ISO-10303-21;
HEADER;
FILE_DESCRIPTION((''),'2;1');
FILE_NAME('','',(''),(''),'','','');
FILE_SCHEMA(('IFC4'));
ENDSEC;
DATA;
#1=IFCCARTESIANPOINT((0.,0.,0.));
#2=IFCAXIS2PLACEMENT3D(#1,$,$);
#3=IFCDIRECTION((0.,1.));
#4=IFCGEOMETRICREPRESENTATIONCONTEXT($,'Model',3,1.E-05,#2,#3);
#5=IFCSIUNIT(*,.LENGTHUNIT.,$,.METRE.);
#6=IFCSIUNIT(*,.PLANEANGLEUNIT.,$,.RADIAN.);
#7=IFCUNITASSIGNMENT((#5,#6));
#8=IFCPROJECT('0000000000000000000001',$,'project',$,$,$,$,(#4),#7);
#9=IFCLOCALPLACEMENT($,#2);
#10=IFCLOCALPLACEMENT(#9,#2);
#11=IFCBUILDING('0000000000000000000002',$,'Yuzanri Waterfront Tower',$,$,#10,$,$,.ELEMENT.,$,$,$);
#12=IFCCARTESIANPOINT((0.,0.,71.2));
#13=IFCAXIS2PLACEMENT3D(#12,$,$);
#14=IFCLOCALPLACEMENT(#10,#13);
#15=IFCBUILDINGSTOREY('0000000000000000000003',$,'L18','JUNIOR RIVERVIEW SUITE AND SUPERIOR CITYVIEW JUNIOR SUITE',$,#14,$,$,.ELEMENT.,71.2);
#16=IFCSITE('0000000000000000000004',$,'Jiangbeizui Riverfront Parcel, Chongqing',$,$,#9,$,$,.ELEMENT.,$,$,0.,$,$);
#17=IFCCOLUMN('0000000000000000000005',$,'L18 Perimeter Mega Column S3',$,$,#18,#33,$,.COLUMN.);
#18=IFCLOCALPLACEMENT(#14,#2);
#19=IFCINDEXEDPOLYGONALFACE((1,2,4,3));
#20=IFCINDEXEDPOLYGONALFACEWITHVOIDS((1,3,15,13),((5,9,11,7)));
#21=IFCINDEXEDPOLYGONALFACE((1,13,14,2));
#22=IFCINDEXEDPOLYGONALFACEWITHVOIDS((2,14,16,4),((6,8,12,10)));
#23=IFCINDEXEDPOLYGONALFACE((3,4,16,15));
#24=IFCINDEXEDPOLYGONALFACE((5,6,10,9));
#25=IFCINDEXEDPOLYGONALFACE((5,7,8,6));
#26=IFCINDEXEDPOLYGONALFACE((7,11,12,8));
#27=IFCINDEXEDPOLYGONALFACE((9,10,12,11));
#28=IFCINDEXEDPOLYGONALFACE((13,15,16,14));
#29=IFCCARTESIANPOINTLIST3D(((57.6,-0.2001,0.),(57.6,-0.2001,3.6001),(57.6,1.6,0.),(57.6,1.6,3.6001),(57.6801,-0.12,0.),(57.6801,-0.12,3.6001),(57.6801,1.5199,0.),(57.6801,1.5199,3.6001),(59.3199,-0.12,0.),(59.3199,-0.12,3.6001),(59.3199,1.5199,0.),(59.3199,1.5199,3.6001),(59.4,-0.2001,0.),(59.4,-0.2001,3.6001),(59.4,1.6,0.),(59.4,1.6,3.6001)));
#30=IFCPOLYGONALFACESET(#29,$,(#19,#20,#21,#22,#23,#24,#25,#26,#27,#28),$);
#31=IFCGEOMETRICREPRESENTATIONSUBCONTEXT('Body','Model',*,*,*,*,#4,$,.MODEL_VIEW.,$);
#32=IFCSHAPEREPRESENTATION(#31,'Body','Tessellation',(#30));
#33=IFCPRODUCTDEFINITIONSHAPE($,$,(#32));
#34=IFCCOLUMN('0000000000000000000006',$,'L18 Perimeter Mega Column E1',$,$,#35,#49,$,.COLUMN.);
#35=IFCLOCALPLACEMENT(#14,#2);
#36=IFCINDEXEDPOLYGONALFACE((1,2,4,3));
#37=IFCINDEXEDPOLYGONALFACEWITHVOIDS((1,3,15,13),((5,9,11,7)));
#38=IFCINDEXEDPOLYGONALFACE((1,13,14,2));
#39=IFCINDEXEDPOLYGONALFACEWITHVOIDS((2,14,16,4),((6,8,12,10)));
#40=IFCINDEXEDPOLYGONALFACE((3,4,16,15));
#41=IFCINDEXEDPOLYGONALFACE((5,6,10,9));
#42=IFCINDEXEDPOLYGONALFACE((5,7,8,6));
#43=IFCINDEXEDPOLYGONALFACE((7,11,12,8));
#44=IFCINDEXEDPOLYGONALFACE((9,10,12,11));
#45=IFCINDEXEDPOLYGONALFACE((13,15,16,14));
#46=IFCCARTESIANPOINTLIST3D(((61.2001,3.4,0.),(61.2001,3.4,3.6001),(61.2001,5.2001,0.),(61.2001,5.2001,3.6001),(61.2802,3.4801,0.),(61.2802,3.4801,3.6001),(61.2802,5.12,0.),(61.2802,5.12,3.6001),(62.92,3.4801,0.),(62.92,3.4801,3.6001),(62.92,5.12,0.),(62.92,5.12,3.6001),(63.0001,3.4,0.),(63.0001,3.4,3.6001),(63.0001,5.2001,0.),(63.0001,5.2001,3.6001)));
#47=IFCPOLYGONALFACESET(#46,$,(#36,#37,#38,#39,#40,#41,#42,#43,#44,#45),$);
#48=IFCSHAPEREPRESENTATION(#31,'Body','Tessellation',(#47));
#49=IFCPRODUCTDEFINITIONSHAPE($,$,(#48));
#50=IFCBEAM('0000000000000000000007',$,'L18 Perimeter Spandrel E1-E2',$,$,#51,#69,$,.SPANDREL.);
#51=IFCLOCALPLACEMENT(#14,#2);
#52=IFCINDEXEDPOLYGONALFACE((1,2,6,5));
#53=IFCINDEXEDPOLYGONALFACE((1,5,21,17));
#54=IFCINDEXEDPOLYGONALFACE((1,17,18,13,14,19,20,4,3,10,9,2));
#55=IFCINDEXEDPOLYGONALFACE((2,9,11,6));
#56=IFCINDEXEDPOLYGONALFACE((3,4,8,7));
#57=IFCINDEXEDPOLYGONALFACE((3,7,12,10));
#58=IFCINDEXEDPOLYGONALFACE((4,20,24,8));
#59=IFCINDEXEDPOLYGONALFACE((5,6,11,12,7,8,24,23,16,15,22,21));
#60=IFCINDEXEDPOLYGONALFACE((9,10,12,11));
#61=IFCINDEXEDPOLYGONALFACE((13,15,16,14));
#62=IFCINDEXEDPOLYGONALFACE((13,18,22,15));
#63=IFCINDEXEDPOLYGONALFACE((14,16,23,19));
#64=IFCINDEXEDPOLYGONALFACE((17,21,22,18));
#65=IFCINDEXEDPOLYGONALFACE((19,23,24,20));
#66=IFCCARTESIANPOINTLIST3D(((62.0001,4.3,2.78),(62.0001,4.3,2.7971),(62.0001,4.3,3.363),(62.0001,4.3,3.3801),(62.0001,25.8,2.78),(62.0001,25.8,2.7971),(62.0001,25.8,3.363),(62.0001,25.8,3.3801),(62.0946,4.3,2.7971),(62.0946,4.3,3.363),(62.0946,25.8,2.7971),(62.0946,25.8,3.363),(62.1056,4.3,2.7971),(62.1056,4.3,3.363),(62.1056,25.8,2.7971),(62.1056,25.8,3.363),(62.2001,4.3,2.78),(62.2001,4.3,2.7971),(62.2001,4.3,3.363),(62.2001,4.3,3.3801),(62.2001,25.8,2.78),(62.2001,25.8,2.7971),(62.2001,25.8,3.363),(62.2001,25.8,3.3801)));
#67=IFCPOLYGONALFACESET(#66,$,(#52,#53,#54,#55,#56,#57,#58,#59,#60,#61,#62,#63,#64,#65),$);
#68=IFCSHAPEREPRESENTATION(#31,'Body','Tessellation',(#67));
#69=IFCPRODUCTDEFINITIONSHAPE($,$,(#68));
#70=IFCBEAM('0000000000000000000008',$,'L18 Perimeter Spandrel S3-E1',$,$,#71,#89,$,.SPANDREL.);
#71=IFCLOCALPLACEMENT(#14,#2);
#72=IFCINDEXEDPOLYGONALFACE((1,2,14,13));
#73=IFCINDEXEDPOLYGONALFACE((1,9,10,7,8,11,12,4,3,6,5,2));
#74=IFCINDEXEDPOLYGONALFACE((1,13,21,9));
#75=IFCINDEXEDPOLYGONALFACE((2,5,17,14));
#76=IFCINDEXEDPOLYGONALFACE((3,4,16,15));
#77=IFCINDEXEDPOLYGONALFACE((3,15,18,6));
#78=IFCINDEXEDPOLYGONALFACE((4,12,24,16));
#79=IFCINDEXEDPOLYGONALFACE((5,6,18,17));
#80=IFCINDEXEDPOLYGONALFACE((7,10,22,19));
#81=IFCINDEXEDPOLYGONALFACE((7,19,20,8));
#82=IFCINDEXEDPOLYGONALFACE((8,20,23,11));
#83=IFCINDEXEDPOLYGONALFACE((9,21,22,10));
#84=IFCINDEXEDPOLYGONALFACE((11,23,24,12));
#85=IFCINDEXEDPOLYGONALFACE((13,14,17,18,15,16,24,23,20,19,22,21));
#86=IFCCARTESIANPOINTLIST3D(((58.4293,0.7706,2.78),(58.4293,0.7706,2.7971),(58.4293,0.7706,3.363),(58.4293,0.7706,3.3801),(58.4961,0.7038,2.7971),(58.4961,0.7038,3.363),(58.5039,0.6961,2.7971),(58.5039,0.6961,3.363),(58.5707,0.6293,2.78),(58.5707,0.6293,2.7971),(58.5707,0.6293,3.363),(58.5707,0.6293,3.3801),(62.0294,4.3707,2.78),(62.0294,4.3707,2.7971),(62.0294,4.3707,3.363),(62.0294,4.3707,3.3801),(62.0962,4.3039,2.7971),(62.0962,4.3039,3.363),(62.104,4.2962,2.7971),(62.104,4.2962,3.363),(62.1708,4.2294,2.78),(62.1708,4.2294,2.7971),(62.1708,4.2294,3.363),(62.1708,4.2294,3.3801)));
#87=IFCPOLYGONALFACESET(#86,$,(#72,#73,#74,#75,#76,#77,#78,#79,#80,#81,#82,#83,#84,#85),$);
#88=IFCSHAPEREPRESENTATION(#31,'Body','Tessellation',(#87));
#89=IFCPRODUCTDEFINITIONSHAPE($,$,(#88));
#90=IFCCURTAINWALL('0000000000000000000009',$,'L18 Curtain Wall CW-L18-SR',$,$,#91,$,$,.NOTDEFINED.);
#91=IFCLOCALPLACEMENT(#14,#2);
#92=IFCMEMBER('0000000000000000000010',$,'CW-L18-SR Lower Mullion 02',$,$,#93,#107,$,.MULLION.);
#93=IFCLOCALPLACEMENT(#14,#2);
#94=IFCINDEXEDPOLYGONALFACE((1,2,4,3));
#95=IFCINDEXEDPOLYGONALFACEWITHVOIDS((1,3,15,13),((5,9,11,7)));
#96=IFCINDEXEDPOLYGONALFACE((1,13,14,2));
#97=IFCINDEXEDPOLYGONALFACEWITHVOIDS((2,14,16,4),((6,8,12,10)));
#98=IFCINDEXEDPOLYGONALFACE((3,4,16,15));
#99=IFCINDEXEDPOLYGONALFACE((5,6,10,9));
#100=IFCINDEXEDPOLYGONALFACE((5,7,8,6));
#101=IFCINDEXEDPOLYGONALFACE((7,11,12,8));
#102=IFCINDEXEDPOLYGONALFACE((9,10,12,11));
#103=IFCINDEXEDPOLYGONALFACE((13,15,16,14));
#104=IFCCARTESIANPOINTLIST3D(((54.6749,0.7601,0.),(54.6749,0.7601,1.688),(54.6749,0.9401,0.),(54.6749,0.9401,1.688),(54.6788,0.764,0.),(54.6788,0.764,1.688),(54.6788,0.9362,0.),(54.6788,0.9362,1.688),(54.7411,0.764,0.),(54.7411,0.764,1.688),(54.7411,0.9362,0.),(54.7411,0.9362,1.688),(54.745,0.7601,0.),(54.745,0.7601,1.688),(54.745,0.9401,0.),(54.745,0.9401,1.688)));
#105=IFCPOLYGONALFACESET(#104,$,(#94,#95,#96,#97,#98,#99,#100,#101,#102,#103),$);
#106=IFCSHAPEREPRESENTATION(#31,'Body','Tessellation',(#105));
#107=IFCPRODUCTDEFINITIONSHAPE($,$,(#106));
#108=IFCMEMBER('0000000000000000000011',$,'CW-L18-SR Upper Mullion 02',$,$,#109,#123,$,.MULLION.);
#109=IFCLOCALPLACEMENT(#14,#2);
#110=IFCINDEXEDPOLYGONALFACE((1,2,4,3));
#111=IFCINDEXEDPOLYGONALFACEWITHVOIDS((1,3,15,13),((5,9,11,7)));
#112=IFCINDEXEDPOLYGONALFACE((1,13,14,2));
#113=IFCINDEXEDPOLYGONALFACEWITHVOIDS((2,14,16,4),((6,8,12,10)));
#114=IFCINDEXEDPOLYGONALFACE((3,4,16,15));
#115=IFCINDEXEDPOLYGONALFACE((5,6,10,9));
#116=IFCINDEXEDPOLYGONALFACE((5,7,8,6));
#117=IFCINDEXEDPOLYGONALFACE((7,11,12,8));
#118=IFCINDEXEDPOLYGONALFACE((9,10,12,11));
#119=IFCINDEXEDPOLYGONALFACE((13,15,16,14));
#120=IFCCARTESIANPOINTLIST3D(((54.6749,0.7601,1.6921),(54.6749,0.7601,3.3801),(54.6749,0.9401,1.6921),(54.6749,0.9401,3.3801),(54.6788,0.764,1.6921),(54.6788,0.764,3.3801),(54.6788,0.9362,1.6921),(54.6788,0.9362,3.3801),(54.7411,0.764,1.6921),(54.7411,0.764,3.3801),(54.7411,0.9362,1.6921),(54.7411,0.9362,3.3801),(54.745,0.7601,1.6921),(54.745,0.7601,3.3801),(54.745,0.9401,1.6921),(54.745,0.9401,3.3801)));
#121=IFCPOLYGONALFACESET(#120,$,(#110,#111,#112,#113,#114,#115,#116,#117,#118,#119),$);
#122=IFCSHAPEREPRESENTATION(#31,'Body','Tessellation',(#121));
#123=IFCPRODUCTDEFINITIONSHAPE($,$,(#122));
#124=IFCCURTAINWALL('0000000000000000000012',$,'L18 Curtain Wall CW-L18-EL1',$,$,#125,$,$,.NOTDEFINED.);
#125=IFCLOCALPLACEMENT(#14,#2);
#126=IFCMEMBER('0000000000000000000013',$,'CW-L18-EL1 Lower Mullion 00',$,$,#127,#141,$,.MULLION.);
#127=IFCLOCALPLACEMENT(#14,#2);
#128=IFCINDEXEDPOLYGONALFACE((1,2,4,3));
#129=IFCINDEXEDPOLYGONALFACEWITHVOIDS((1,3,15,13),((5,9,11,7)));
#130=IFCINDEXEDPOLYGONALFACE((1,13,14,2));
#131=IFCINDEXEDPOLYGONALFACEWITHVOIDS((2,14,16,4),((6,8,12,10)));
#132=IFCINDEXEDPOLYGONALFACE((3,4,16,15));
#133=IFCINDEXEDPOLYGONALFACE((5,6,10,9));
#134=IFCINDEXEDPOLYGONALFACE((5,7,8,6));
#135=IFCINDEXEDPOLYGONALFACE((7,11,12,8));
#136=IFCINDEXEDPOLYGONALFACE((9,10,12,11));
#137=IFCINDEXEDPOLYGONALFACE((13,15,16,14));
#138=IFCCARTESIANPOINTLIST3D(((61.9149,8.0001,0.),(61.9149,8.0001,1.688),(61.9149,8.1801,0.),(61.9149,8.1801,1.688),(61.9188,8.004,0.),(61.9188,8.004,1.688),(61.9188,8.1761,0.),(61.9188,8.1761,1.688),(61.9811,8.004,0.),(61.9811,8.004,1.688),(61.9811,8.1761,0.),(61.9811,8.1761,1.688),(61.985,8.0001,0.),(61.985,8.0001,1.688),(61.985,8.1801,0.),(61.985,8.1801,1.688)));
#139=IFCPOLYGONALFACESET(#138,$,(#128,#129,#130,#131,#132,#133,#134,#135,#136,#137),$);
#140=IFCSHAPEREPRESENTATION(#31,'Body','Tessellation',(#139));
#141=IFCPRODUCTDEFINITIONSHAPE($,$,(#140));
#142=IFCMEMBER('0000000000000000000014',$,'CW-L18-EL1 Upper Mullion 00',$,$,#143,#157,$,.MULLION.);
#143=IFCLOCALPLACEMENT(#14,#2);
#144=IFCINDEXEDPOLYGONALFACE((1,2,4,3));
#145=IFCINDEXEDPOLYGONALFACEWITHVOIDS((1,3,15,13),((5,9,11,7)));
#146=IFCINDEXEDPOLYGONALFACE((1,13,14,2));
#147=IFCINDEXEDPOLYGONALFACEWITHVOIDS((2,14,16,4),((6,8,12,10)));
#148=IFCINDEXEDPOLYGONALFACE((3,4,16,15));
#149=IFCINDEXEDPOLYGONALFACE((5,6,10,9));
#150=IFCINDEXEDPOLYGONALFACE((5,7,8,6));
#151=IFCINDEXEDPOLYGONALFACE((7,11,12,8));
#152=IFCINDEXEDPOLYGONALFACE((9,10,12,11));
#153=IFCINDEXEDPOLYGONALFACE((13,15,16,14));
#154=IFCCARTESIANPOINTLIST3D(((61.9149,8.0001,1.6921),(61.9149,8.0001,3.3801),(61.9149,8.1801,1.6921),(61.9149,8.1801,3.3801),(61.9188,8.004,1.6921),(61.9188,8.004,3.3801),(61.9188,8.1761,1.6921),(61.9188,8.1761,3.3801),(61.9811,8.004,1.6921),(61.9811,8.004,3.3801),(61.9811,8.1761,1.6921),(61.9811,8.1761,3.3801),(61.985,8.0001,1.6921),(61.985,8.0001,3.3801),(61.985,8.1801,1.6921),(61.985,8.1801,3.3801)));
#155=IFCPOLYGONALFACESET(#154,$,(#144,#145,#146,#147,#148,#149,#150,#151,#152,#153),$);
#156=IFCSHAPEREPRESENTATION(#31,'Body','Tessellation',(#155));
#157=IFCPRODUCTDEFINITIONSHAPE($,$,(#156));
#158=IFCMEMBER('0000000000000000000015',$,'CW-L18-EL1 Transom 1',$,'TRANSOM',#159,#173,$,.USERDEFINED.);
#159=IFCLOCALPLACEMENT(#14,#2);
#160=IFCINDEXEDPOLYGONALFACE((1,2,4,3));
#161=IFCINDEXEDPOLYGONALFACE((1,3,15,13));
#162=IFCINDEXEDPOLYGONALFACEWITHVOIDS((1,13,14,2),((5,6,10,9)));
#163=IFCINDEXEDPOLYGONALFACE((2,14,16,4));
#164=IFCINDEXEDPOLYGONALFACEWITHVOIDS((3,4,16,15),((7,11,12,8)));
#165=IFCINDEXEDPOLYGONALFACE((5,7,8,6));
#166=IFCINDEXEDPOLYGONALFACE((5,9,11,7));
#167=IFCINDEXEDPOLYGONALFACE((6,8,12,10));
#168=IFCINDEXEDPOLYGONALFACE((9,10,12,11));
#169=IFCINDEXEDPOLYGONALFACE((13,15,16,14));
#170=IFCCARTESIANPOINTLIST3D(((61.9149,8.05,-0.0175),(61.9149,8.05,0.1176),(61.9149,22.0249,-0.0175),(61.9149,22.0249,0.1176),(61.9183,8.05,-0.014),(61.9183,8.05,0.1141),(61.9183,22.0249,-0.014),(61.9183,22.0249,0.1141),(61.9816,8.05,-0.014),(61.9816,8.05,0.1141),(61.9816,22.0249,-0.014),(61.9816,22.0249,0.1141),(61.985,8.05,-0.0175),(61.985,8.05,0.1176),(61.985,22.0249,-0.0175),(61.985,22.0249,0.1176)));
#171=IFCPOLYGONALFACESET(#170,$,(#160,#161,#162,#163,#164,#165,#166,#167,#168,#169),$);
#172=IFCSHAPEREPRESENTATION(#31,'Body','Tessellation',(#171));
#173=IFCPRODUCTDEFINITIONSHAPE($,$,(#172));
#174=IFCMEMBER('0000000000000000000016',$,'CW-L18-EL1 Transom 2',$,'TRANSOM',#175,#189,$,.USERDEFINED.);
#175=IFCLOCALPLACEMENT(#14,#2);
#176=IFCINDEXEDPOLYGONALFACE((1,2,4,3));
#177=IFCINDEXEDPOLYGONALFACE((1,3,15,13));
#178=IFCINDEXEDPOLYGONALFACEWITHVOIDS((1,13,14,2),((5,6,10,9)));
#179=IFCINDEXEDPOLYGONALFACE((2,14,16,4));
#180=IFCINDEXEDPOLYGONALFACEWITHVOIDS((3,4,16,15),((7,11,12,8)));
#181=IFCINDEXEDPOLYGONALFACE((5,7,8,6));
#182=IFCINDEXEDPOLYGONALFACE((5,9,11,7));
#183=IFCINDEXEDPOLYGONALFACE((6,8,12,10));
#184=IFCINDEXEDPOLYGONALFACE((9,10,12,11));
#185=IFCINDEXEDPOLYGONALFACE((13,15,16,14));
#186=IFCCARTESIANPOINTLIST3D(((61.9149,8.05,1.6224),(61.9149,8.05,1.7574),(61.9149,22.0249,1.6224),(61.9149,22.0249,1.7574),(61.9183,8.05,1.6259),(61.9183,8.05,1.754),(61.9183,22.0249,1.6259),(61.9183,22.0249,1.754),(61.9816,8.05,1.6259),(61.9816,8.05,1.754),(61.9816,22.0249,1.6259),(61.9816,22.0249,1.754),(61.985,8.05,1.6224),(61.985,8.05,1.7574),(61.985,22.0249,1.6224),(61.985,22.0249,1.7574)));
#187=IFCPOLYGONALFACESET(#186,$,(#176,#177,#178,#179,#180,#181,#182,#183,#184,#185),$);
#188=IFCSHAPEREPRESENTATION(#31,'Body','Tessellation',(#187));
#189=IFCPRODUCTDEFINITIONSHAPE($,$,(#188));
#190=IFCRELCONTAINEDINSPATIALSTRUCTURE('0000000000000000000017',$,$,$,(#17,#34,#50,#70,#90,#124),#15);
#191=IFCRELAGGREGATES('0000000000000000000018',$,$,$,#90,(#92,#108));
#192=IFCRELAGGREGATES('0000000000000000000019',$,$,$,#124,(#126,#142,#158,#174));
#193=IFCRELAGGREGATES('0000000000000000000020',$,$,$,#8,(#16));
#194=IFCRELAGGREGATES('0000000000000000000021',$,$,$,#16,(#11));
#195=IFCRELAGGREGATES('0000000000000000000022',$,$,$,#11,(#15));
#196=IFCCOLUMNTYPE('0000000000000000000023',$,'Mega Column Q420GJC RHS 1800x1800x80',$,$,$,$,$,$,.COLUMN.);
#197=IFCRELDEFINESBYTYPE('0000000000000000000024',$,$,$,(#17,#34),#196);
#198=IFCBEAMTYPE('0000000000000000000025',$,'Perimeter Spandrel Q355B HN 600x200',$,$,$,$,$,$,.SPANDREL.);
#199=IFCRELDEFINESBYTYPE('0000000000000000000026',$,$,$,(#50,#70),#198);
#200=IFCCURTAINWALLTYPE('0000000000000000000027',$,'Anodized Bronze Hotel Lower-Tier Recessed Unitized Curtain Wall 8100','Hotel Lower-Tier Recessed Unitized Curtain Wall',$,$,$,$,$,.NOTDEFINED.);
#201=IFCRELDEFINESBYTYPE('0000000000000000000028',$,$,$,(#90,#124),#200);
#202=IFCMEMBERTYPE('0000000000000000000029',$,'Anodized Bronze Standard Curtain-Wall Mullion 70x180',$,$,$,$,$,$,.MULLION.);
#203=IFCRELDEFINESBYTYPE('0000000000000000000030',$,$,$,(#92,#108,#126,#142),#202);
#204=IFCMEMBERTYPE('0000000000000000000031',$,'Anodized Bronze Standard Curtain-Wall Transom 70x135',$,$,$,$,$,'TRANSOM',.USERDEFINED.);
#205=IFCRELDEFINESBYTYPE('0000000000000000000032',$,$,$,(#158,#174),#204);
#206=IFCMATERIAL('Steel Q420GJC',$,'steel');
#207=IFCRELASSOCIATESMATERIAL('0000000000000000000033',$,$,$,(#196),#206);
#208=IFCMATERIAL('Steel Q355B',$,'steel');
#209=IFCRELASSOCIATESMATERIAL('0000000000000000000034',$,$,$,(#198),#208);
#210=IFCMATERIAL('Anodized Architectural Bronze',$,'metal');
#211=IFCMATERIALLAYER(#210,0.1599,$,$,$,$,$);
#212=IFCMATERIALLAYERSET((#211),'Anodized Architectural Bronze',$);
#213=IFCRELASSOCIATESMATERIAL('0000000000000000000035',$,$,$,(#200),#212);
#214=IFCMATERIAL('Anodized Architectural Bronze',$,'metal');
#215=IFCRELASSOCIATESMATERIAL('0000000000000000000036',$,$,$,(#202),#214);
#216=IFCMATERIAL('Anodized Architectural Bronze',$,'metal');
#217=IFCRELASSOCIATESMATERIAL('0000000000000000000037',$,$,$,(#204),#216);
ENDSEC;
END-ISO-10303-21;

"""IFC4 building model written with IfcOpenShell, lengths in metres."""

from ifc_helpers import new_model, si_unit, direction, frame, origin, origin_2d, place, context, subcontext, project, spatial, hollow_rectangle, i_section, extrude, source, transform, mapped, material, layer, layer_set, material_profile, profile_set, type_object, element, aggregate, save


model = new_model("IFC4")

# Units and contexts
model_context = context("Model", 3, precision=1e-05, world=origin(), true_north=direction((0.0, 1.0)))
body_context = subcontext(model_context, "Body", "Model", "MODEL_VIEW")
ifc_project = project(units=[si_unit("LENGTHUNIT", "METRE"), si_unit("PLANEANGLEUNIT", "RADIAN")], contexts=[model_context])

# Site, building, storey
site_placement = place(None, origin())
site = spatial("IfcSite", under=ifc_project, at=site_placement, Name="Jiangbeizui Riverfront Parcel, Chongqing", CompositionType="ELEMENT", RefElevation=0.0)
building_placement = place(site_placement, origin())
building = spatial("IfcBuilding", under=site, at=building_placement, Name="Yuzanri Waterfront Tower", CompositionType="ELEMENT")
storey_placement = place(building_placement, frame((0.0, 0.0, 71.2)))
storey = spatial("IfcBuildingStorey", under=building, at=storey_placement, Name="L18", Description="JUNIOR RIVERVIEW SUITE AND SUPERIOR CITYVIEW JUNIOR SUITE", CompositionType="ELEMENT", Elevation=71.2)

# Columns
ifc_material_1 = material(Name="Steel Q420GJC", Category="steel")
ifc_material_profile_1 = material_profile(ifc_material_1, hollow_rectangle(XDim=1.8, YDim=1.8, WallThickness=0.0801, at=origin_2d()), Name="RHS 1800x1800x80")
ifc_profile_set_1 = profile_set([ifc_material_profile_1], Name="Steel Q420GJC")
column_type = type_object("IfcColumnType", Name="Mega Column Q420GJC RHS 1800x1800x80", PredefinedType="COLUMN", material=ifc_profile_set_1)
shared_shape_1 = source(origin(), body_context, "Body", "SweptSolid", [
    extrude(hollow_rectangle(XDim=1.8, YDim=1.8, WallThickness=0.0801, at=origin_2d()), origin(), (0.0, 0.0, 1.0), 3.6001),
])
for number, where, z_axis, x_axis, name in (
    (1, (58.5, 0.7, 0.0), (0.0, 0.0, 1.0), (1.0, 0.0, 0.0), "L18 Perimeter Mega Column S3"),
    (2, (62.1001, 4.3, 0.0), (0.0, 0.0, 1.0), (1.0, 0.0, 0.0), "L18 Perimeter Mega Column E1"),
):
    element("IfcColumn", number, at=place(storey_placement, frame(where, z_axis=z_axis, x_axis=x_axis)), inside=storey, type_object=column_type, Name=name, PredefinedType="COLUMN", context=body_context, shape_type="MappedRepresentation", body=[
        mapped(shared_shape_1, transform((0.0, 0.0, 0.0), scale=1.0)),
    ])

# Beams
ifc_material_2 = material(Name="Steel Q355B", Category="steel")
ifc_material_profile_2 = material_profile(ifc_material_2, i_section(OverallWidth=0.2, OverallDepth=0.6001, WebThickness=0.011, FlangeThickness=0.0171, at=origin_2d()), Name="HN 600x200x11x17")
ifc_profile_set_2 = profile_set([ifc_material_profile_2], Name="Steel Q355B")
beam_type = type_object("IfcBeamType", Name="Perimeter Spandrel Q355B HN 600x200", PredefinedType="SPANDREL", material=ifc_profile_set_2)
shared_shape_2 = source(origin(), body_context, "Body", "SweptSolid", [
    extrude(i_section(OverallWidth=0.2, OverallDepth=0.6001, WebThickness=0.011, FlangeThickness=0.0171, at=origin_2d()), origin(), (0.0, 0.0, 1.0), 21.5),
])
beam_1_placement = place(storey_placement, frame((62.1001, 4.3, 3.0801), z_axis=(0.0, 1.0, 0.0), x_axis=(-1.0, 0.0, 0.0)))
element("IfcBeam", 3, at=beam_1_placement, inside=storey, type_object=beam_type, Name="L18 Perimeter Spandrel E1-E2", PredefinedType="SPANDREL", context=body_context, shape_type="MappedRepresentation", body=[
    mapped(shared_shape_2, transform((0.0, 0.0, 0.0), scale=1.0)),
])
shared_shape_3 = source(origin(), body_context, "Body", "SweptSolid", [
    extrude(i_section(OverallWidth=0.2, OverallDepth=0.6001, WebThickness=0.011, FlangeThickness=0.0171, at=origin_2d()), origin(), (0.0, 0.0, 1.0), 5.0913),
])
beam_2_placement = place(storey_placement, frame((58.5, 0.7, 3.0801), z_axis=(0.707107, 0.707107, 0.0), x_axis=(-0.707107, 0.707107, 0.0)))
element("IfcBeam", 4, at=beam_2_placement, inside=storey, type_object=beam_type, Name="L18 Perimeter Spandrel S3-E1", PredefinedType="SPANDREL", context=body_context, shape_type="MappedRepresentation", body=[
    mapped(shared_shape_3, transform((0.0, 0.0, 0.0), scale=1.0)),
])

# Curtain walls, members
ifc_material_3 = material(Name="Anodized Architectural Bronze", Category="metal")
ifc_layer_1 = layer(ifc_material_3, 0.1599)
ifc_layer_set_1 = layer_set([ifc_layer_1], Name="Anodized Architectural Bronze")
curtain_wall_type = type_object("IfcCurtainWallType", Name="Anodized Bronze Hotel Lower-Tier Recessed Unitized Curtain Wall 8100", Description="Hotel Lower-Tier Recessed Unitized Curtain Wall", PredefinedType="NOTDEFINED", material=ifc_layer_set_1)
curtain_wall_1_placement = place(storey_placement, origin())
curtain_wall_1 = element("IfcCurtainWall", 5, at=curtain_wall_1_placement, inside=storey, type_object=curtain_wall_type, Name="L18 Curtain Wall CW-L18-SR", PredefinedType="NOTDEFINED")
ifc_material_4 = material(Name="Anodized Architectural Bronze", Category="metal")
ifc_material_profile_3 = material_profile(ifc_material_4, hollow_rectangle(XDim=0.0701, YDim=0.1799, WallThickness=0.0039, at=origin_2d()), Name="CWM 70x180")
ifc_profile_set_3 = profile_set([ifc_material_profile_3], Name="Anodized Architectural Bronze")
member_type_1 = type_object("IfcMemberType", Name="Anodized Bronze Standard Curtain-Wall Mullion 70x180", PredefinedType="MULLION", material=ifc_profile_set_3)
shared_shape_4 = source(origin(), body_context, "Body", "SweptSolid", [
    extrude(hollow_rectangle(XDim=0.0701, YDim=0.1799, WallThickness=0.0039, at=origin_2d()), origin(), (0.0, 0.0, 1.0), 1.688),
])
member_1_placement = place(storey_placement, frame((54.71, 0.8501, 0.0), z_axis=(0.0, 0.0, 1.0), x_axis=(1.0, 0.0, 0.0)))
member_1 = element("IfcMember", 6, at=member_1_placement, type_object=member_type_1, Name="CW-L18-SR Lower Mullion 02", PredefinedType="MULLION", context=body_context, shape_type="MappedRepresentation", body=[
    mapped(shared_shape_4, transform((0.0, 0.0, 0.0), scale=1.0)),
])
member_2_placement = place(storey_placement, frame((54.71, 0.8501, 1.6921), z_axis=(0.0, 0.0, 1.0), x_axis=(1.0, 0.0, 0.0)))
member_2 = element("IfcMember", 7, at=member_2_placement, type_object=member_type_1, Name="CW-L18-SR Upper Mullion 02", PredefinedType="MULLION", context=body_context, shape_type="MappedRepresentation", body=[
    mapped(shared_shape_4, transform((0.0, 0.0, 0.0), scale=1.0)),
])
curtain_wall_2_placement = place(storey_placement, origin())
curtain_wall_2 = element("IfcCurtainWall", 8, at=curtain_wall_2_placement, inside=storey, type_object=curtain_wall_type, Name="L18 Curtain Wall CW-L18-EL1", PredefinedType="NOTDEFINED")
member_3_placement = place(storey_placement, frame((61.95, 8.0901, 0.0), z_axis=(0.0, 0.0, 1.0), x_axis=(1.0, 0.0, 0.0)))
member_3 = element("IfcMember", 9, at=member_3_placement, type_object=member_type_1, Name="CW-L18-EL1 Lower Mullion 00", PredefinedType="MULLION", context=body_context, shape_type="MappedRepresentation", body=[
    mapped(shared_shape_4, transform((0.0, 0.0, 0.0), scale=1.0)),
])
member_4_placement = place(storey_placement, frame((61.95, 8.0901, 1.6921), z_axis=(0.0, 0.0, 1.0), x_axis=(1.0, 0.0, 0.0)))
member_4 = element("IfcMember", 10, at=member_4_placement, type_object=member_type_1, Name="CW-L18-EL1 Upper Mullion 00", PredefinedType="MULLION", context=body_context, shape_type="MappedRepresentation", body=[
    mapped(shared_shape_4, transform((0.0, 0.0, 0.0), scale=1.0)),
])
ifc_material_5 = material(Name="Anodized Architectural Bronze", Category="metal")
ifc_material_profile_4 = material_profile(ifc_material_5, hollow_rectangle(XDim=0.0701, YDim=0.135, WallThickness=0.0034, at=origin_2d()), Name="CWT 70x135")
ifc_profile_set_4 = profile_set([ifc_material_profile_4], Name="Anodized Architectural Bronze")
member_type_2 = type_object("IfcMemberType", Name="Anodized Bronze Standard Curtain-Wall Transom 70x135", ElementType="TRANSOM", PredefinedType="USERDEFINED", material=ifc_profile_set_4)
shared_shape_5 = source(origin(), body_context, "Body", "SweptSolid", [
    extrude(hollow_rectangle(XDim=0.0701, YDim=0.135, WallThickness=0.0034, at=origin_2d()), origin(), (0.0, 0.0, 1.0), 13.9749),
])
member_5_placement = place(storey_placement, frame((61.95, 8.05, 0.05), z_axis=(0.0, 1.0, 0.0), x_axis=(-1.0, 0.0, 0.0)))
member_5 = element("IfcMember", 11, at=member_5_placement, type_object=member_type_2, Name="CW-L18-EL1 Transom 1", ObjectType="TRANSOM", PredefinedType="USERDEFINED", context=body_context, shape_type="MappedRepresentation", body=[
    mapped(shared_shape_5, transform((0.0, 0.0, 0.0), scale=1.0)),
])
member_6_placement = place(storey_placement, frame((61.95, 8.05, 1.6899), z_axis=(0.0, 1.0, 0.0), x_axis=(-1.0, 0.0, 0.0)))
member_6 = element("IfcMember", 12, at=member_6_placement, type_object=member_type_2, Name="CW-L18-EL1 Transom 2", ObjectType="TRANSOM", PredefinedType="USERDEFINED", context=body_context, shape_type="MappedRepresentation", body=[
    mapped(shared_shape_5, transform((0.0, 0.0, 0.0), scale=1.0)),
])

aggregate(curtain_wall_1, [member_1, member_2])
aggregate(curtain_wall_2, [member_3, member_4, member_5, member_6])

save(model, "model.ifc")
